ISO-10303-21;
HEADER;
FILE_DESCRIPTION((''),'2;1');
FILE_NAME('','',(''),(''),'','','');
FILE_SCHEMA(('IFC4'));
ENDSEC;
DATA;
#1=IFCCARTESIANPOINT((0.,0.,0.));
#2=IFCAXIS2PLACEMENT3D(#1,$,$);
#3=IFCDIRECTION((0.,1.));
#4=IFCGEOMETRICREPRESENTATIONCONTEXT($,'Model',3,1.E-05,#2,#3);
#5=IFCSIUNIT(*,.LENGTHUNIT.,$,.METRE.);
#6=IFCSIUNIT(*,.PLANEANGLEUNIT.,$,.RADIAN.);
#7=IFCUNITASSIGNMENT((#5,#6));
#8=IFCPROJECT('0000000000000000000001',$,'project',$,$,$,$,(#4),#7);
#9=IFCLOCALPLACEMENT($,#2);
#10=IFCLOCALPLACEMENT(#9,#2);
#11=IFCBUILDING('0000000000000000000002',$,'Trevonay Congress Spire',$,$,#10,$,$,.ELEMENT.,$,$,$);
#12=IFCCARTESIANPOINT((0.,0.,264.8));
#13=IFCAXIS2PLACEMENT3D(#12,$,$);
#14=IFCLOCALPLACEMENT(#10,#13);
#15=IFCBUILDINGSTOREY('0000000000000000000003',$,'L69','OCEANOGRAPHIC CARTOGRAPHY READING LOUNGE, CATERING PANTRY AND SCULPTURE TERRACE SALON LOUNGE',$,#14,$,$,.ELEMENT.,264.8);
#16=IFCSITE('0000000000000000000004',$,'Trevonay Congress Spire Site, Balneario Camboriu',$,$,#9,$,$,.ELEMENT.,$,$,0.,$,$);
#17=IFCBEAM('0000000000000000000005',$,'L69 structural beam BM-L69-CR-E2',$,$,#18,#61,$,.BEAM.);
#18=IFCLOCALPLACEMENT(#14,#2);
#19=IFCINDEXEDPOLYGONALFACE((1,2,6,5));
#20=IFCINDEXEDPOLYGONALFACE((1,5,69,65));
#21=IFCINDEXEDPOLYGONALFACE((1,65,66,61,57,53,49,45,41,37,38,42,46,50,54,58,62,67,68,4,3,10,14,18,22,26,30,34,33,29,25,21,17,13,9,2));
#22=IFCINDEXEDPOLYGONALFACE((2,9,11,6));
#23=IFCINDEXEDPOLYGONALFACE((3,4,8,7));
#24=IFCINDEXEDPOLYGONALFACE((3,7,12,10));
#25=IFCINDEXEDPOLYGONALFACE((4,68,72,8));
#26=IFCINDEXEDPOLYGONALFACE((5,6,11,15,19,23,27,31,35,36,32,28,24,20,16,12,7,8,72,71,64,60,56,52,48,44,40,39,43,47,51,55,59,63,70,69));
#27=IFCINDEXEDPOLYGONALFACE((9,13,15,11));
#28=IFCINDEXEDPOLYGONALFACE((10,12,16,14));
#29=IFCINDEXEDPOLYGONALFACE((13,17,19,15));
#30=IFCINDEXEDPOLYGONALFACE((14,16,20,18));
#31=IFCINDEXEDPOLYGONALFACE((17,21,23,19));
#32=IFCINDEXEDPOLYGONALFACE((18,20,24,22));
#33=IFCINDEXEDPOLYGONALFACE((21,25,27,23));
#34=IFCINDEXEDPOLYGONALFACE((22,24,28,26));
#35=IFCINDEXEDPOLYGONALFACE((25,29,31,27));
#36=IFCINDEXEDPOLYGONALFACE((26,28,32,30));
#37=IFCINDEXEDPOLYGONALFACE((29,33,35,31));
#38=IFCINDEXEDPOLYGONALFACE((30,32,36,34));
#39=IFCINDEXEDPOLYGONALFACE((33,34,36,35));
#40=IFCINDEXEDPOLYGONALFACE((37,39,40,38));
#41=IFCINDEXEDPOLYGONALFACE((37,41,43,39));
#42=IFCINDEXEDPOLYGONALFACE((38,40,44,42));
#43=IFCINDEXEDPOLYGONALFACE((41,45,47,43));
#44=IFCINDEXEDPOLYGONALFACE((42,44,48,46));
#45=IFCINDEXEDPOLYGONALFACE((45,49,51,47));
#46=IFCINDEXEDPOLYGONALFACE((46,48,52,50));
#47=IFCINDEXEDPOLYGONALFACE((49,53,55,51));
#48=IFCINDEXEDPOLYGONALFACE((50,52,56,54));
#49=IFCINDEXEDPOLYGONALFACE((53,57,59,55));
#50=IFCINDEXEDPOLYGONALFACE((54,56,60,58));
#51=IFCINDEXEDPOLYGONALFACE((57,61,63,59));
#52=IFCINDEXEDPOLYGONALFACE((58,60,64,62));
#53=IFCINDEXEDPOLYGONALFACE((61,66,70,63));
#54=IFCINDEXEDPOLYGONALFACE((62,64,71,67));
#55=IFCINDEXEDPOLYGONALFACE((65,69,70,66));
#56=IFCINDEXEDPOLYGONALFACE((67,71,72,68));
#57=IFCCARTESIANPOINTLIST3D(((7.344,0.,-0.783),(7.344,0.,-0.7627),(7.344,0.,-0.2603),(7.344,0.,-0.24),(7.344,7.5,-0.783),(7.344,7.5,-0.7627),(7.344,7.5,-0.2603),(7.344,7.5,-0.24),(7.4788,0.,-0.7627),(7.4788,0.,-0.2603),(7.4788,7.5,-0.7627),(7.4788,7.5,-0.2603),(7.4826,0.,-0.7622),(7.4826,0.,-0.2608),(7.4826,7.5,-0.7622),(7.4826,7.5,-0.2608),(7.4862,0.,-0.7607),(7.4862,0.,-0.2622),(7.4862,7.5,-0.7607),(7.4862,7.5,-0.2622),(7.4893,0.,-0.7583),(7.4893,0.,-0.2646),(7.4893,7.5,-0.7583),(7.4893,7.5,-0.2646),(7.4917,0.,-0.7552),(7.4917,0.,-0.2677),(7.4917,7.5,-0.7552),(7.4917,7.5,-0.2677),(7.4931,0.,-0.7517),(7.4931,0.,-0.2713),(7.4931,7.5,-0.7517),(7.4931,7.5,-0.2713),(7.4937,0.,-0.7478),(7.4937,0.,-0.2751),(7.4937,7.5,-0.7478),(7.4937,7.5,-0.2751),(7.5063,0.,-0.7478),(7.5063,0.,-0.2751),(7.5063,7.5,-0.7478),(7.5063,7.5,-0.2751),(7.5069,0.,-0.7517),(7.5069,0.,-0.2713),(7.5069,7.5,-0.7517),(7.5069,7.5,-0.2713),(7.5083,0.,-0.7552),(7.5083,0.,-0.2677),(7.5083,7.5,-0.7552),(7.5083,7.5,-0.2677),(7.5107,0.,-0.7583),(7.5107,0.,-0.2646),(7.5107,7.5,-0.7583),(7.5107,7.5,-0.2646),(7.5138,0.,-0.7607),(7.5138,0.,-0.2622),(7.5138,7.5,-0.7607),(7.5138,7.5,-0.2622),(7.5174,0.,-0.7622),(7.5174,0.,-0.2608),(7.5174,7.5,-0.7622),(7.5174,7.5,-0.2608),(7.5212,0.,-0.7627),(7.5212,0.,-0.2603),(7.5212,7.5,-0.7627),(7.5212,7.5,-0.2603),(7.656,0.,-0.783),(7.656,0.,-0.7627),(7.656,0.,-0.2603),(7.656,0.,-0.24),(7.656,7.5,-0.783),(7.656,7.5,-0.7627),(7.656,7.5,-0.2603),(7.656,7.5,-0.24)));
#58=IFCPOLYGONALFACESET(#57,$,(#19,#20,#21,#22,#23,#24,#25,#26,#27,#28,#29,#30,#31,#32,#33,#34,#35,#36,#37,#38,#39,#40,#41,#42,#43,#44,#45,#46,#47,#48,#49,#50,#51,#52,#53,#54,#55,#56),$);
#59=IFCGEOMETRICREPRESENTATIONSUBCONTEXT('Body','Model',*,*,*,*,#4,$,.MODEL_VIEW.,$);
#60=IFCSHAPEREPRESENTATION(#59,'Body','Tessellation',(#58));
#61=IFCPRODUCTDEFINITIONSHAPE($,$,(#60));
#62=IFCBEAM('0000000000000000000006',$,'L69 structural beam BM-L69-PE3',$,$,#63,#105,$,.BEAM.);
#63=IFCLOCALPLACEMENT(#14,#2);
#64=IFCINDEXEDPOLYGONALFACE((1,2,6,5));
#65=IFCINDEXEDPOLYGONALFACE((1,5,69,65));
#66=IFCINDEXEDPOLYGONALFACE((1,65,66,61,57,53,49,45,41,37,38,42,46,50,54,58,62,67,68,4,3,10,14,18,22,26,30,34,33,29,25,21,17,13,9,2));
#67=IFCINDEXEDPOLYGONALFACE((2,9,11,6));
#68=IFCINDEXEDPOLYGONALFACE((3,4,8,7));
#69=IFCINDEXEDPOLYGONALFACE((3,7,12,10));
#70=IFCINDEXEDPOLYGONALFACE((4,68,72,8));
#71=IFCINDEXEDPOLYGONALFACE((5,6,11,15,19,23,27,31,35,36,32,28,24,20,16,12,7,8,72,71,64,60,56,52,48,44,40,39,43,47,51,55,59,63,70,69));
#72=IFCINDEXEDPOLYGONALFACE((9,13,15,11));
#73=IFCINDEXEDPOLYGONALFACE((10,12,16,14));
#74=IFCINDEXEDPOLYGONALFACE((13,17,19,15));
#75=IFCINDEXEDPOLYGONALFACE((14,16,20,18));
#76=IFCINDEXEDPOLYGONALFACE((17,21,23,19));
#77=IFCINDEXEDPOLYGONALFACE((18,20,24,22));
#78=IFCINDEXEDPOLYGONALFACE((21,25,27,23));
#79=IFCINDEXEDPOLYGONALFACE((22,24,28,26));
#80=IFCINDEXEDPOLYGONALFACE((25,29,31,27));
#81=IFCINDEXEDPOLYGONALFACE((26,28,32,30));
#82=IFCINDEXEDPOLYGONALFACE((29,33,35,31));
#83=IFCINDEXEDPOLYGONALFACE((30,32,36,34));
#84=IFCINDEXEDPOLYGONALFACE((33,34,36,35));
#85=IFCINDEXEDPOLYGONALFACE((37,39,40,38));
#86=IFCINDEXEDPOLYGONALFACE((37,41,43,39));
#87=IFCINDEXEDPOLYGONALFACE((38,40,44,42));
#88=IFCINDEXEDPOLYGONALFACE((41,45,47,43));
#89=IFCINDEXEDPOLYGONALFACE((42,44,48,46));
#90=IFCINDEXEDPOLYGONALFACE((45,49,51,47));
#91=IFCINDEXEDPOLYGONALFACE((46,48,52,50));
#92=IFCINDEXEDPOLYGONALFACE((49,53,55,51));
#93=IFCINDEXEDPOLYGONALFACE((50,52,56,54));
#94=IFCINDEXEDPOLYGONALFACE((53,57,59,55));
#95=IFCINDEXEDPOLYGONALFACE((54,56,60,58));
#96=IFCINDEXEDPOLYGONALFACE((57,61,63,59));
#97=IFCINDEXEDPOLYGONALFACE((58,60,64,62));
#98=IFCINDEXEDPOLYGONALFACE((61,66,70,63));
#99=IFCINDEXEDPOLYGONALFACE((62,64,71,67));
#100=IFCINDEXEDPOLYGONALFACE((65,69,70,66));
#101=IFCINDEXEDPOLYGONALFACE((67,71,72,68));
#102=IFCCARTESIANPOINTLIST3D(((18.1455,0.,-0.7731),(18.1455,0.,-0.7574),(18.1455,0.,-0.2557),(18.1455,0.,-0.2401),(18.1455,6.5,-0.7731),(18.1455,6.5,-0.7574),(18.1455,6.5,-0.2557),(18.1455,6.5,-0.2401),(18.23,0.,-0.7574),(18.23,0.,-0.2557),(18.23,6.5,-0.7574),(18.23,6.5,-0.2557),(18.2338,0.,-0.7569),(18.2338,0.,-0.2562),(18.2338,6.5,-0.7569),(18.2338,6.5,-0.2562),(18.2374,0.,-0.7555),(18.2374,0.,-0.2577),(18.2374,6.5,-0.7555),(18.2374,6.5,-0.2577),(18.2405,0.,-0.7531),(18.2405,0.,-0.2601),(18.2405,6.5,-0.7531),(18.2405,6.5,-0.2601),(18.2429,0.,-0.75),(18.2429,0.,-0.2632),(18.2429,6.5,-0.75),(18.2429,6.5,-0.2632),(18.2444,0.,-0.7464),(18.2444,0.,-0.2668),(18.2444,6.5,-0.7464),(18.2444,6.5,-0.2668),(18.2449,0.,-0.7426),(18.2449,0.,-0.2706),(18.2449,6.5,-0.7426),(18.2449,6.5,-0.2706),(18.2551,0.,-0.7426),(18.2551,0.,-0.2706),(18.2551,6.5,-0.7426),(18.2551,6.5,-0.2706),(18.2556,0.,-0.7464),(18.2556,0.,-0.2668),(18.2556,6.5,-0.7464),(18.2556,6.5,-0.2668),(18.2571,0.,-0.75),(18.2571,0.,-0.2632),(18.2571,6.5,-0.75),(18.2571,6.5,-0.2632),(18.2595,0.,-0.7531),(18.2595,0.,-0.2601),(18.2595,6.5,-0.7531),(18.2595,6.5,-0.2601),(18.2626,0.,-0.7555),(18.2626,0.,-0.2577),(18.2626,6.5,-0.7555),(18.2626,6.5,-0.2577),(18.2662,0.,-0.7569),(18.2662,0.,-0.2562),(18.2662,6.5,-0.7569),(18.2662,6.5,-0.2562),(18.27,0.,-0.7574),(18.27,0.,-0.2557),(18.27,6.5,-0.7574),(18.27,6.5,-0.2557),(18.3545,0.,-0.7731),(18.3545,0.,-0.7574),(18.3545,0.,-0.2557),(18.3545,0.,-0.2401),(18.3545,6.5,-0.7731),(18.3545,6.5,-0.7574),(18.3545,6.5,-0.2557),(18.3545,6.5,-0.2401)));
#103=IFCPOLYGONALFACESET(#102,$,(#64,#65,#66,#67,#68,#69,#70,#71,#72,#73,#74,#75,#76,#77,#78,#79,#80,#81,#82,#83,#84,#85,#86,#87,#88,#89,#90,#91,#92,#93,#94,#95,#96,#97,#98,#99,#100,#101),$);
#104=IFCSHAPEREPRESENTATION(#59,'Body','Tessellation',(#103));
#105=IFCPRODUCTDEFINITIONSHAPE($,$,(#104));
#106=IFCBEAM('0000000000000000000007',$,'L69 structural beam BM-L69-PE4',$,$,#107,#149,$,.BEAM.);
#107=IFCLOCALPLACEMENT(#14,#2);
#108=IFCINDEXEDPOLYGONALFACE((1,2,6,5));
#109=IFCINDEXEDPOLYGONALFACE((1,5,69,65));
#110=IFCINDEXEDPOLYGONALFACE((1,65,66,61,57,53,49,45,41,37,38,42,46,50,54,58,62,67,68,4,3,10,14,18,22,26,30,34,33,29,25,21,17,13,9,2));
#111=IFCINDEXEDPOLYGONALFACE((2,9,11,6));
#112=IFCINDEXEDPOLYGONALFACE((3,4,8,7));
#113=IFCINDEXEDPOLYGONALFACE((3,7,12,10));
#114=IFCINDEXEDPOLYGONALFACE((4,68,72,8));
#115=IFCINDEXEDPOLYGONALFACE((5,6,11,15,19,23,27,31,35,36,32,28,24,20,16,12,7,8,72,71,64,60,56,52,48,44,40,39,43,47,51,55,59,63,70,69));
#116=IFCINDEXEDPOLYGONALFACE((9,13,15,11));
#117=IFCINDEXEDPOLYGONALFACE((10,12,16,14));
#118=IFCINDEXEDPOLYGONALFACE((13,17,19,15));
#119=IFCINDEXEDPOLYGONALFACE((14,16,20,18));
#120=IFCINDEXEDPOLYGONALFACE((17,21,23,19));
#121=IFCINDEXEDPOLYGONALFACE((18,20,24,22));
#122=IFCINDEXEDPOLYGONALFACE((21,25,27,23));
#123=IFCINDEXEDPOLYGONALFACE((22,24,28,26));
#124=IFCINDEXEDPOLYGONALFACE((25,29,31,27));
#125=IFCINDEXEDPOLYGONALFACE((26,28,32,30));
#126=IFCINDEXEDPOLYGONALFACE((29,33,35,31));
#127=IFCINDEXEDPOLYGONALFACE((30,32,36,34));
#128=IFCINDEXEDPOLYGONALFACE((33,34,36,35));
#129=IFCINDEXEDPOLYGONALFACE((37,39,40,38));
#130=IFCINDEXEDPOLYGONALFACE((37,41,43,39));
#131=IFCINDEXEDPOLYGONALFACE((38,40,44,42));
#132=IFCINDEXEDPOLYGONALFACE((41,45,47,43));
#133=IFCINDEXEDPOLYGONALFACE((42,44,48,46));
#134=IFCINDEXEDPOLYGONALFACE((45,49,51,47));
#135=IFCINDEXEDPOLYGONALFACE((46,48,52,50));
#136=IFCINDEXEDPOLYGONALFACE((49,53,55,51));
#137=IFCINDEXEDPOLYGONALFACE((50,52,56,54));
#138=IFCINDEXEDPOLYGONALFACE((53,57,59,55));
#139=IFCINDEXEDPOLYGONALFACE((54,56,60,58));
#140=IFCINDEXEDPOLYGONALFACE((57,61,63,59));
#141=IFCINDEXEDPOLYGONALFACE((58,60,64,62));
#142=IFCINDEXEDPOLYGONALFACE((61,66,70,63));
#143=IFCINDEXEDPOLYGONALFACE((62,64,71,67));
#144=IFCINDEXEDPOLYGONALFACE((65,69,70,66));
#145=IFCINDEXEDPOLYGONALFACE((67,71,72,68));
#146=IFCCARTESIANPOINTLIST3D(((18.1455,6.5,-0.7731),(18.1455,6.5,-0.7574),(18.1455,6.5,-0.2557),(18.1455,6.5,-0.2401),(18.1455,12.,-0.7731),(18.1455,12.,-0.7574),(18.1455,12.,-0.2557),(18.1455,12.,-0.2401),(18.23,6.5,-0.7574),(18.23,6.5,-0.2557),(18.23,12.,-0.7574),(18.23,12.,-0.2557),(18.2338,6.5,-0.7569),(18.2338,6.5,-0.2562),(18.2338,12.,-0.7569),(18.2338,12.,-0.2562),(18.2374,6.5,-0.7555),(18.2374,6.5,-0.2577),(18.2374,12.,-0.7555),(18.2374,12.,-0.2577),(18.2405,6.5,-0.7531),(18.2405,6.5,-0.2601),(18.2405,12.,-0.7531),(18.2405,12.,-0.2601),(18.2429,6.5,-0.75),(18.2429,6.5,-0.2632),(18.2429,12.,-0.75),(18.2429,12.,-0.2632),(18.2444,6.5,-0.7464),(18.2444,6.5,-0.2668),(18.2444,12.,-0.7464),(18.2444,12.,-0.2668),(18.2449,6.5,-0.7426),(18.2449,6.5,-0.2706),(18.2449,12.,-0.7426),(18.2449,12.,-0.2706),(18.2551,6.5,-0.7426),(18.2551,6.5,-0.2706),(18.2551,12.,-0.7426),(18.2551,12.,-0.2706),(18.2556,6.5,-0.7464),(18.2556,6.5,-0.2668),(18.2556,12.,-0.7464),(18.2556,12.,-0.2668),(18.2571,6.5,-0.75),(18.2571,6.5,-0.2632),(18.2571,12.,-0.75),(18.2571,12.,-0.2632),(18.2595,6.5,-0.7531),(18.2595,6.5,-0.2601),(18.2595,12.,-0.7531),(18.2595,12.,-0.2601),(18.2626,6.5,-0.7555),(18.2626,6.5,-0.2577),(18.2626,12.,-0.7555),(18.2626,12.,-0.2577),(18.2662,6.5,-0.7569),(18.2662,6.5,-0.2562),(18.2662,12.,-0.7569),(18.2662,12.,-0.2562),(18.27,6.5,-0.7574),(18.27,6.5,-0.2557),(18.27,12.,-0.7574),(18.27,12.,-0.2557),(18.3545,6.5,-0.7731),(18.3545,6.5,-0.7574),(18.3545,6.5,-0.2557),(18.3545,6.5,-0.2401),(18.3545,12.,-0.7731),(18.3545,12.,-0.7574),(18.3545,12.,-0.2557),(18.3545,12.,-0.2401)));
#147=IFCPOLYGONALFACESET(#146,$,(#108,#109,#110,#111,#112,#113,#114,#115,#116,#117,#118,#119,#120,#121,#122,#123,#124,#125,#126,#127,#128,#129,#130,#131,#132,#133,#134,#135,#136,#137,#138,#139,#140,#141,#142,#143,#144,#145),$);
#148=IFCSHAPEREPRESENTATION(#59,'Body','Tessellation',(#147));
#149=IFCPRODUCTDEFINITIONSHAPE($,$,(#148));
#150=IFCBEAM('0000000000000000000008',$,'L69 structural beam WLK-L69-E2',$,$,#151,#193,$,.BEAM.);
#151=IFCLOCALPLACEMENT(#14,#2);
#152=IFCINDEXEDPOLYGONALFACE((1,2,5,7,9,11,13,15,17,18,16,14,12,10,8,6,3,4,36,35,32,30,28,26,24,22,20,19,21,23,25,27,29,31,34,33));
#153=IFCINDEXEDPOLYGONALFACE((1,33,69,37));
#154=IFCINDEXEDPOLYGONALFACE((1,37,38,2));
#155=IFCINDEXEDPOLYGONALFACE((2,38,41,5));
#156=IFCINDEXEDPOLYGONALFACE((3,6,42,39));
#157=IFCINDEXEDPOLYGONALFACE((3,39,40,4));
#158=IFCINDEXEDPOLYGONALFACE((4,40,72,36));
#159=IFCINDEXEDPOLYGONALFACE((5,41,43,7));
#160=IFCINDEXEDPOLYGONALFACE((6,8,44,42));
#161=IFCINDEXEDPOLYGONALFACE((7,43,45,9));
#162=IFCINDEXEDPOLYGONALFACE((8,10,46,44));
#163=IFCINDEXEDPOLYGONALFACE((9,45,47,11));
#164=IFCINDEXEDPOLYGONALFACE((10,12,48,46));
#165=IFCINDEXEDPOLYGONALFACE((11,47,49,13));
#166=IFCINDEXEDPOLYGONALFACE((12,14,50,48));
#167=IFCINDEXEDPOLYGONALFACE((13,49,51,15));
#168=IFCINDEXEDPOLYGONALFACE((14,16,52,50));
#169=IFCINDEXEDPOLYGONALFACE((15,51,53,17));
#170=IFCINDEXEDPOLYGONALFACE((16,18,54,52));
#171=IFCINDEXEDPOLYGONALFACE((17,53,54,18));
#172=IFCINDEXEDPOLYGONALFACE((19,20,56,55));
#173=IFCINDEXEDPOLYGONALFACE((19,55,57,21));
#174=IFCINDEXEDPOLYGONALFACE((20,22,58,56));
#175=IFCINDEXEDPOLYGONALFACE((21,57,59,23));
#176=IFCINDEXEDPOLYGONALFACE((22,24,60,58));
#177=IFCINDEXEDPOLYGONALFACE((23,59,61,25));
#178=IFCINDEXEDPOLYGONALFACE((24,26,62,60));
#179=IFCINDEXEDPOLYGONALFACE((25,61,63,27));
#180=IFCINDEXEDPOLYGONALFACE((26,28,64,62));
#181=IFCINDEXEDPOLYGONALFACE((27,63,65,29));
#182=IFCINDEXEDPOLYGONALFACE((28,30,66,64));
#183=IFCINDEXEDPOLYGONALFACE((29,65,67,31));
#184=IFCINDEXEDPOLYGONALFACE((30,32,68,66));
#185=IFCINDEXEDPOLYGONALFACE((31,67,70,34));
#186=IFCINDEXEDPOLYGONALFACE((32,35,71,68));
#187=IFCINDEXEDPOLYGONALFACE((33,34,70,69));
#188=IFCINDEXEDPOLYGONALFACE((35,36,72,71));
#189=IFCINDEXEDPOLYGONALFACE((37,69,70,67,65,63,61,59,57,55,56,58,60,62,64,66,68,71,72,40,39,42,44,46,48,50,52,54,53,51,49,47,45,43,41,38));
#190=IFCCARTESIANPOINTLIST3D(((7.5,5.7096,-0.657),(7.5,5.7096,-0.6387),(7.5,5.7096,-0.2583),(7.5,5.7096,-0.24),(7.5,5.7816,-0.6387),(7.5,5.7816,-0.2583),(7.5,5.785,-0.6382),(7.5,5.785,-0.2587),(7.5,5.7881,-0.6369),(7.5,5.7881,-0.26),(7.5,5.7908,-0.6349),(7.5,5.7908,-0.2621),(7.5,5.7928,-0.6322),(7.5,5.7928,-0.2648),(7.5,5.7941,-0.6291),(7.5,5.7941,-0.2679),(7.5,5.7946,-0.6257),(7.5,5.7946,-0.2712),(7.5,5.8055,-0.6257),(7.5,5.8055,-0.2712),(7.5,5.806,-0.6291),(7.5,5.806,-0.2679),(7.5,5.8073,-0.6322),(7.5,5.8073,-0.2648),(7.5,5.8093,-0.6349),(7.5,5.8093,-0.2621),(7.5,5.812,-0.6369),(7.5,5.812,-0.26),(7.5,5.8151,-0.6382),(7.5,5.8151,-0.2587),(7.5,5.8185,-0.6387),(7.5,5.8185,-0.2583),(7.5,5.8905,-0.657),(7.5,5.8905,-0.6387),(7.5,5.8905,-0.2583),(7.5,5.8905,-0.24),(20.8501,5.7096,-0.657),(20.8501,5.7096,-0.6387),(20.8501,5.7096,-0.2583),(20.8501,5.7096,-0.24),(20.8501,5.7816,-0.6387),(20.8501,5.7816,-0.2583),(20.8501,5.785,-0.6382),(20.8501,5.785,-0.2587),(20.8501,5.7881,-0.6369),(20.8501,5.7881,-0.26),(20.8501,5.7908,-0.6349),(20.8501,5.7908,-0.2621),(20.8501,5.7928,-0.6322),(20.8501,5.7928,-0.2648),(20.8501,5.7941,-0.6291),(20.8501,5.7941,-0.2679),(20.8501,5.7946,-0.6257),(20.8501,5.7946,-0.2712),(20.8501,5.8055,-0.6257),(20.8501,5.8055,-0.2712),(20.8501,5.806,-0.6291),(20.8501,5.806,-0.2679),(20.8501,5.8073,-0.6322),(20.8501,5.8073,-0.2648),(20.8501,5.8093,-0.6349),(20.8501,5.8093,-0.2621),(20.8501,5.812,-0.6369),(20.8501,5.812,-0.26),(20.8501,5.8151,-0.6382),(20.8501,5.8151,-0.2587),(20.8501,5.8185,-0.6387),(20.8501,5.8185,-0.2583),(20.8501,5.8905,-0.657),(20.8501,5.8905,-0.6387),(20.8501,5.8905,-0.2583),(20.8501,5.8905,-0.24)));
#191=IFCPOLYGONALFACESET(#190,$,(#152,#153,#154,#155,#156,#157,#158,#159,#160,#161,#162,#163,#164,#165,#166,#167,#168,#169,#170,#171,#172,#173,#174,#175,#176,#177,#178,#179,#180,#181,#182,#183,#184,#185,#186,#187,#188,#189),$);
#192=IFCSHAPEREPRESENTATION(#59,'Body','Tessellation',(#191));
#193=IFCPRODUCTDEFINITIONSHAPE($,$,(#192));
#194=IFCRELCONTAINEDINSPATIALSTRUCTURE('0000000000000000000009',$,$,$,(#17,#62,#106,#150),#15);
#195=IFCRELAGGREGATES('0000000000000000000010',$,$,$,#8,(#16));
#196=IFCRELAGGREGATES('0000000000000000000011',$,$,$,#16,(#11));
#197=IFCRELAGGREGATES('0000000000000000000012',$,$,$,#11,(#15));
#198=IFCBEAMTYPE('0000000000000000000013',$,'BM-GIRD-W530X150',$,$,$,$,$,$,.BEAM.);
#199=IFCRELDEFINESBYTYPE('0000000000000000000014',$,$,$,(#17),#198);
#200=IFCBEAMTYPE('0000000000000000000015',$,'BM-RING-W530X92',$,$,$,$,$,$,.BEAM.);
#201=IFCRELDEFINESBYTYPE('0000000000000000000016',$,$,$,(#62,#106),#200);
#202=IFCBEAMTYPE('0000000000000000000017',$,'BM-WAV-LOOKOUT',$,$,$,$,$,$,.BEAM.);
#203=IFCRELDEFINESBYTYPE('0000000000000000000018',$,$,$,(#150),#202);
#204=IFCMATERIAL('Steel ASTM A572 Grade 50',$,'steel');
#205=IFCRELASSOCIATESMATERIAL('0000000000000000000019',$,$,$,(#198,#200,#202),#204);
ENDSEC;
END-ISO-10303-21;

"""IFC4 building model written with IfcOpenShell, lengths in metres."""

from ifc_helpers import new_model, si_unit, direction, frame, origin, origin_2d, place, context, subcontext, project, spatial, i_section, extrude, material, material_profile, profile_set, type_object, element, save


model = new_model("IFC4")

# Units and contexts
model_context = context("Model", 3, precision=1e-05, world=origin(), true_north=direction((0.0, 1.0)))
body_context = subcontext(model_context, "Body", "Model", "MODEL_VIEW")
ifc_project = project(units=[si_unit("LENGTHUNIT", "METRE"), si_unit("PLANEANGLEUNIT", "RADIAN")], contexts=[model_context])

# Site, building, storey
site_placement = place(None, origin())
site = spatial("IfcSite", under=ifc_project, at=site_placement, Name="Trevonay Congress Spire Site, Balneario Camboriu", CompositionType="ELEMENT", RefElevation=0.0)
building_placement = place(site_placement, origin())
building = spatial("IfcBuilding", under=site, at=building_placement, Name="Trevonay Congress Spire", CompositionType="ELEMENT")
storey_placement = place(building_placement, frame((0.0, 0.0, 264.8)))
storey = spatial("IfcBuildingStorey", under=building, at=storey_placement, Name="L69", Description="OCEANOGRAPHIC CARTOGRAPHY READING LOUNGE, CATERING PANTRY AND SCULPTURE TERRACE SALON LOUNGE", CompositionType="ELEMENT", Elevation=264.8)

# Shared definitions
ifc_material_1 = material(Name="Steel ASTM A572 Grade 50", Category="steel")

# Beams
ifc_material_profile_1 = material_profile(ifc_material_1, i_section(OverallWidth=0.312, OverallDepth=0.543, WebThickness=0.0127, FlangeThickness=0.0203, FilletRadius=0.0149, at=origin_2d()), Name="W530x150")
ifc_profile_set_1 = profile_set([ifc_material_profile_1], Name="Steel ASTM A572 Grade 50")
beam_type_1 = type_object("IfcBeamType", Name="BM-GIRD-W530X150", PredefinedType="BEAM", material=ifc_profile_set_1)
beam_1_placement = place(storey_placement, frame((7.5, 0.0, -0.5115), z_axis=(0.0, 1.0, 0.0), x_axis=(-1.0, 0.0, 0.0)))
element("IfcBeam", 1, at=beam_1_placement, inside=storey, type_object=beam_type_1, Name="L69 structural beam BM-L69-CR-E2", PredefinedType="BEAM", context=body_context, shape_type="SweptSolid", body=[
    extrude(i_section(OverallWidth=0.312, OverallDepth=0.543, WebThickness=0.0127, FlangeThickness=0.0203, FilletRadius=0.0149, at=origin_2d()), origin(), (0.0, 0.0, 1.0), 7.5),
])
ifc_material_profile_2 = material_profile(ifc_material_1, i_section(OverallWidth=0.209, OverallDepth=0.533, WebThickness=0.0103, FlangeThickness=0.0156, FilletRadius=0.0149, at=origin_2d()), Name="W530x92")
ifc_profile_set_2 = profile_set([ifc_material_profile_2], Name="Steel ASTM A572 Grade 50")
beam_type_2 = type_object("IfcBeamType", Name="BM-RING-W530X92", PredefinedType="BEAM", material=ifc_profile_set_2)
beam_2_placement = place(storey_placement, frame((18.25, 0.0, -0.5066), z_axis=(0.0, 1.0, 0.0), x_axis=(-1.0, 0.0, 0.0)))
element("IfcBeam", 2, at=beam_2_placement, inside=storey, type_object=beam_type_2, Name="L69 structural beam BM-L69-PE3", PredefinedType="BEAM", context=body_context, shape_type="SweptSolid", body=[
    extrude(i_section(OverallWidth=0.209, OverallDepth=0.533, WebThickness=0.0103, FlangeThickness=0.0156, FilletRadius=0.0149, at=origin_2d()), origin(), (0.0, 0.0, 1.0), 6.5),
])
beam_3_placement = place(storey_placement, frame((18.25, 6.5, -0.5066), z_axis=(0.0, 1.0, 0.0), x_axis=(-1.0, 0.0, 0.0)))
element("IfcBeam", 3, at=beam_3_placement, inside=storey, type_object=beam_type_2, Name="L69 structural beam BM-L69-PE4", PredefinedType="BEAM", context=body_context, shape_type="SweptSolid", body=[
    extrude(i_section(OverallWidth=0.209, OverallDepth=0.533, WebThickness=0.0103, FlangeThickness=0.0156, FilletRadius=0.0149, at=origin_2d()), origin(), (0.0, 0.0, 1.0), 5.5),
])
ifc_material_profile_3 = material_profile(ifc_material_1, i_section(OverallWidth=0.1809, OverallDepth=0.417, WebThickness=0.011, FlangeThickness=0.0183, FilletRadius=0.0129, at=origin_2d()), Name="W410x85")
ifc_profile_set_3 = profile_set([ifc_material_profile_3], Name="Steel ASTM A572 Grade 50")
beam_type_3 = type_object("IfcBeamType", Name="BM-WAV-LOOKOUT", PredefinedType="BEAM", material=ifc_profile_set_3)
beam_4_placement = place(storey_placement, frame((7.5, 5.8, -0.4485), z_axis=(1.0, 0.0, 0.0), x_axis=(0.0, 1.0, 0.0)))
element("IfcBeam", 4, at=beam_4_placement, inside=storey, type_object=beam_type_3, Name="L69 structural beam WLK-L69-E2", PredefinedType="BEAM", context=body_context, shape_type="SweptSolid", body=[
    extrude(i_section(OverallWidth=0.1809, OverallDepth=0.417, WebThickness=0.011, FlangeThickness=0.0183, FilletRadius=0.0129, at=origin_2d()), origin(), (0.0, 0.0, 1.0), 13.3501),
])

save(model, "model.ifc")
